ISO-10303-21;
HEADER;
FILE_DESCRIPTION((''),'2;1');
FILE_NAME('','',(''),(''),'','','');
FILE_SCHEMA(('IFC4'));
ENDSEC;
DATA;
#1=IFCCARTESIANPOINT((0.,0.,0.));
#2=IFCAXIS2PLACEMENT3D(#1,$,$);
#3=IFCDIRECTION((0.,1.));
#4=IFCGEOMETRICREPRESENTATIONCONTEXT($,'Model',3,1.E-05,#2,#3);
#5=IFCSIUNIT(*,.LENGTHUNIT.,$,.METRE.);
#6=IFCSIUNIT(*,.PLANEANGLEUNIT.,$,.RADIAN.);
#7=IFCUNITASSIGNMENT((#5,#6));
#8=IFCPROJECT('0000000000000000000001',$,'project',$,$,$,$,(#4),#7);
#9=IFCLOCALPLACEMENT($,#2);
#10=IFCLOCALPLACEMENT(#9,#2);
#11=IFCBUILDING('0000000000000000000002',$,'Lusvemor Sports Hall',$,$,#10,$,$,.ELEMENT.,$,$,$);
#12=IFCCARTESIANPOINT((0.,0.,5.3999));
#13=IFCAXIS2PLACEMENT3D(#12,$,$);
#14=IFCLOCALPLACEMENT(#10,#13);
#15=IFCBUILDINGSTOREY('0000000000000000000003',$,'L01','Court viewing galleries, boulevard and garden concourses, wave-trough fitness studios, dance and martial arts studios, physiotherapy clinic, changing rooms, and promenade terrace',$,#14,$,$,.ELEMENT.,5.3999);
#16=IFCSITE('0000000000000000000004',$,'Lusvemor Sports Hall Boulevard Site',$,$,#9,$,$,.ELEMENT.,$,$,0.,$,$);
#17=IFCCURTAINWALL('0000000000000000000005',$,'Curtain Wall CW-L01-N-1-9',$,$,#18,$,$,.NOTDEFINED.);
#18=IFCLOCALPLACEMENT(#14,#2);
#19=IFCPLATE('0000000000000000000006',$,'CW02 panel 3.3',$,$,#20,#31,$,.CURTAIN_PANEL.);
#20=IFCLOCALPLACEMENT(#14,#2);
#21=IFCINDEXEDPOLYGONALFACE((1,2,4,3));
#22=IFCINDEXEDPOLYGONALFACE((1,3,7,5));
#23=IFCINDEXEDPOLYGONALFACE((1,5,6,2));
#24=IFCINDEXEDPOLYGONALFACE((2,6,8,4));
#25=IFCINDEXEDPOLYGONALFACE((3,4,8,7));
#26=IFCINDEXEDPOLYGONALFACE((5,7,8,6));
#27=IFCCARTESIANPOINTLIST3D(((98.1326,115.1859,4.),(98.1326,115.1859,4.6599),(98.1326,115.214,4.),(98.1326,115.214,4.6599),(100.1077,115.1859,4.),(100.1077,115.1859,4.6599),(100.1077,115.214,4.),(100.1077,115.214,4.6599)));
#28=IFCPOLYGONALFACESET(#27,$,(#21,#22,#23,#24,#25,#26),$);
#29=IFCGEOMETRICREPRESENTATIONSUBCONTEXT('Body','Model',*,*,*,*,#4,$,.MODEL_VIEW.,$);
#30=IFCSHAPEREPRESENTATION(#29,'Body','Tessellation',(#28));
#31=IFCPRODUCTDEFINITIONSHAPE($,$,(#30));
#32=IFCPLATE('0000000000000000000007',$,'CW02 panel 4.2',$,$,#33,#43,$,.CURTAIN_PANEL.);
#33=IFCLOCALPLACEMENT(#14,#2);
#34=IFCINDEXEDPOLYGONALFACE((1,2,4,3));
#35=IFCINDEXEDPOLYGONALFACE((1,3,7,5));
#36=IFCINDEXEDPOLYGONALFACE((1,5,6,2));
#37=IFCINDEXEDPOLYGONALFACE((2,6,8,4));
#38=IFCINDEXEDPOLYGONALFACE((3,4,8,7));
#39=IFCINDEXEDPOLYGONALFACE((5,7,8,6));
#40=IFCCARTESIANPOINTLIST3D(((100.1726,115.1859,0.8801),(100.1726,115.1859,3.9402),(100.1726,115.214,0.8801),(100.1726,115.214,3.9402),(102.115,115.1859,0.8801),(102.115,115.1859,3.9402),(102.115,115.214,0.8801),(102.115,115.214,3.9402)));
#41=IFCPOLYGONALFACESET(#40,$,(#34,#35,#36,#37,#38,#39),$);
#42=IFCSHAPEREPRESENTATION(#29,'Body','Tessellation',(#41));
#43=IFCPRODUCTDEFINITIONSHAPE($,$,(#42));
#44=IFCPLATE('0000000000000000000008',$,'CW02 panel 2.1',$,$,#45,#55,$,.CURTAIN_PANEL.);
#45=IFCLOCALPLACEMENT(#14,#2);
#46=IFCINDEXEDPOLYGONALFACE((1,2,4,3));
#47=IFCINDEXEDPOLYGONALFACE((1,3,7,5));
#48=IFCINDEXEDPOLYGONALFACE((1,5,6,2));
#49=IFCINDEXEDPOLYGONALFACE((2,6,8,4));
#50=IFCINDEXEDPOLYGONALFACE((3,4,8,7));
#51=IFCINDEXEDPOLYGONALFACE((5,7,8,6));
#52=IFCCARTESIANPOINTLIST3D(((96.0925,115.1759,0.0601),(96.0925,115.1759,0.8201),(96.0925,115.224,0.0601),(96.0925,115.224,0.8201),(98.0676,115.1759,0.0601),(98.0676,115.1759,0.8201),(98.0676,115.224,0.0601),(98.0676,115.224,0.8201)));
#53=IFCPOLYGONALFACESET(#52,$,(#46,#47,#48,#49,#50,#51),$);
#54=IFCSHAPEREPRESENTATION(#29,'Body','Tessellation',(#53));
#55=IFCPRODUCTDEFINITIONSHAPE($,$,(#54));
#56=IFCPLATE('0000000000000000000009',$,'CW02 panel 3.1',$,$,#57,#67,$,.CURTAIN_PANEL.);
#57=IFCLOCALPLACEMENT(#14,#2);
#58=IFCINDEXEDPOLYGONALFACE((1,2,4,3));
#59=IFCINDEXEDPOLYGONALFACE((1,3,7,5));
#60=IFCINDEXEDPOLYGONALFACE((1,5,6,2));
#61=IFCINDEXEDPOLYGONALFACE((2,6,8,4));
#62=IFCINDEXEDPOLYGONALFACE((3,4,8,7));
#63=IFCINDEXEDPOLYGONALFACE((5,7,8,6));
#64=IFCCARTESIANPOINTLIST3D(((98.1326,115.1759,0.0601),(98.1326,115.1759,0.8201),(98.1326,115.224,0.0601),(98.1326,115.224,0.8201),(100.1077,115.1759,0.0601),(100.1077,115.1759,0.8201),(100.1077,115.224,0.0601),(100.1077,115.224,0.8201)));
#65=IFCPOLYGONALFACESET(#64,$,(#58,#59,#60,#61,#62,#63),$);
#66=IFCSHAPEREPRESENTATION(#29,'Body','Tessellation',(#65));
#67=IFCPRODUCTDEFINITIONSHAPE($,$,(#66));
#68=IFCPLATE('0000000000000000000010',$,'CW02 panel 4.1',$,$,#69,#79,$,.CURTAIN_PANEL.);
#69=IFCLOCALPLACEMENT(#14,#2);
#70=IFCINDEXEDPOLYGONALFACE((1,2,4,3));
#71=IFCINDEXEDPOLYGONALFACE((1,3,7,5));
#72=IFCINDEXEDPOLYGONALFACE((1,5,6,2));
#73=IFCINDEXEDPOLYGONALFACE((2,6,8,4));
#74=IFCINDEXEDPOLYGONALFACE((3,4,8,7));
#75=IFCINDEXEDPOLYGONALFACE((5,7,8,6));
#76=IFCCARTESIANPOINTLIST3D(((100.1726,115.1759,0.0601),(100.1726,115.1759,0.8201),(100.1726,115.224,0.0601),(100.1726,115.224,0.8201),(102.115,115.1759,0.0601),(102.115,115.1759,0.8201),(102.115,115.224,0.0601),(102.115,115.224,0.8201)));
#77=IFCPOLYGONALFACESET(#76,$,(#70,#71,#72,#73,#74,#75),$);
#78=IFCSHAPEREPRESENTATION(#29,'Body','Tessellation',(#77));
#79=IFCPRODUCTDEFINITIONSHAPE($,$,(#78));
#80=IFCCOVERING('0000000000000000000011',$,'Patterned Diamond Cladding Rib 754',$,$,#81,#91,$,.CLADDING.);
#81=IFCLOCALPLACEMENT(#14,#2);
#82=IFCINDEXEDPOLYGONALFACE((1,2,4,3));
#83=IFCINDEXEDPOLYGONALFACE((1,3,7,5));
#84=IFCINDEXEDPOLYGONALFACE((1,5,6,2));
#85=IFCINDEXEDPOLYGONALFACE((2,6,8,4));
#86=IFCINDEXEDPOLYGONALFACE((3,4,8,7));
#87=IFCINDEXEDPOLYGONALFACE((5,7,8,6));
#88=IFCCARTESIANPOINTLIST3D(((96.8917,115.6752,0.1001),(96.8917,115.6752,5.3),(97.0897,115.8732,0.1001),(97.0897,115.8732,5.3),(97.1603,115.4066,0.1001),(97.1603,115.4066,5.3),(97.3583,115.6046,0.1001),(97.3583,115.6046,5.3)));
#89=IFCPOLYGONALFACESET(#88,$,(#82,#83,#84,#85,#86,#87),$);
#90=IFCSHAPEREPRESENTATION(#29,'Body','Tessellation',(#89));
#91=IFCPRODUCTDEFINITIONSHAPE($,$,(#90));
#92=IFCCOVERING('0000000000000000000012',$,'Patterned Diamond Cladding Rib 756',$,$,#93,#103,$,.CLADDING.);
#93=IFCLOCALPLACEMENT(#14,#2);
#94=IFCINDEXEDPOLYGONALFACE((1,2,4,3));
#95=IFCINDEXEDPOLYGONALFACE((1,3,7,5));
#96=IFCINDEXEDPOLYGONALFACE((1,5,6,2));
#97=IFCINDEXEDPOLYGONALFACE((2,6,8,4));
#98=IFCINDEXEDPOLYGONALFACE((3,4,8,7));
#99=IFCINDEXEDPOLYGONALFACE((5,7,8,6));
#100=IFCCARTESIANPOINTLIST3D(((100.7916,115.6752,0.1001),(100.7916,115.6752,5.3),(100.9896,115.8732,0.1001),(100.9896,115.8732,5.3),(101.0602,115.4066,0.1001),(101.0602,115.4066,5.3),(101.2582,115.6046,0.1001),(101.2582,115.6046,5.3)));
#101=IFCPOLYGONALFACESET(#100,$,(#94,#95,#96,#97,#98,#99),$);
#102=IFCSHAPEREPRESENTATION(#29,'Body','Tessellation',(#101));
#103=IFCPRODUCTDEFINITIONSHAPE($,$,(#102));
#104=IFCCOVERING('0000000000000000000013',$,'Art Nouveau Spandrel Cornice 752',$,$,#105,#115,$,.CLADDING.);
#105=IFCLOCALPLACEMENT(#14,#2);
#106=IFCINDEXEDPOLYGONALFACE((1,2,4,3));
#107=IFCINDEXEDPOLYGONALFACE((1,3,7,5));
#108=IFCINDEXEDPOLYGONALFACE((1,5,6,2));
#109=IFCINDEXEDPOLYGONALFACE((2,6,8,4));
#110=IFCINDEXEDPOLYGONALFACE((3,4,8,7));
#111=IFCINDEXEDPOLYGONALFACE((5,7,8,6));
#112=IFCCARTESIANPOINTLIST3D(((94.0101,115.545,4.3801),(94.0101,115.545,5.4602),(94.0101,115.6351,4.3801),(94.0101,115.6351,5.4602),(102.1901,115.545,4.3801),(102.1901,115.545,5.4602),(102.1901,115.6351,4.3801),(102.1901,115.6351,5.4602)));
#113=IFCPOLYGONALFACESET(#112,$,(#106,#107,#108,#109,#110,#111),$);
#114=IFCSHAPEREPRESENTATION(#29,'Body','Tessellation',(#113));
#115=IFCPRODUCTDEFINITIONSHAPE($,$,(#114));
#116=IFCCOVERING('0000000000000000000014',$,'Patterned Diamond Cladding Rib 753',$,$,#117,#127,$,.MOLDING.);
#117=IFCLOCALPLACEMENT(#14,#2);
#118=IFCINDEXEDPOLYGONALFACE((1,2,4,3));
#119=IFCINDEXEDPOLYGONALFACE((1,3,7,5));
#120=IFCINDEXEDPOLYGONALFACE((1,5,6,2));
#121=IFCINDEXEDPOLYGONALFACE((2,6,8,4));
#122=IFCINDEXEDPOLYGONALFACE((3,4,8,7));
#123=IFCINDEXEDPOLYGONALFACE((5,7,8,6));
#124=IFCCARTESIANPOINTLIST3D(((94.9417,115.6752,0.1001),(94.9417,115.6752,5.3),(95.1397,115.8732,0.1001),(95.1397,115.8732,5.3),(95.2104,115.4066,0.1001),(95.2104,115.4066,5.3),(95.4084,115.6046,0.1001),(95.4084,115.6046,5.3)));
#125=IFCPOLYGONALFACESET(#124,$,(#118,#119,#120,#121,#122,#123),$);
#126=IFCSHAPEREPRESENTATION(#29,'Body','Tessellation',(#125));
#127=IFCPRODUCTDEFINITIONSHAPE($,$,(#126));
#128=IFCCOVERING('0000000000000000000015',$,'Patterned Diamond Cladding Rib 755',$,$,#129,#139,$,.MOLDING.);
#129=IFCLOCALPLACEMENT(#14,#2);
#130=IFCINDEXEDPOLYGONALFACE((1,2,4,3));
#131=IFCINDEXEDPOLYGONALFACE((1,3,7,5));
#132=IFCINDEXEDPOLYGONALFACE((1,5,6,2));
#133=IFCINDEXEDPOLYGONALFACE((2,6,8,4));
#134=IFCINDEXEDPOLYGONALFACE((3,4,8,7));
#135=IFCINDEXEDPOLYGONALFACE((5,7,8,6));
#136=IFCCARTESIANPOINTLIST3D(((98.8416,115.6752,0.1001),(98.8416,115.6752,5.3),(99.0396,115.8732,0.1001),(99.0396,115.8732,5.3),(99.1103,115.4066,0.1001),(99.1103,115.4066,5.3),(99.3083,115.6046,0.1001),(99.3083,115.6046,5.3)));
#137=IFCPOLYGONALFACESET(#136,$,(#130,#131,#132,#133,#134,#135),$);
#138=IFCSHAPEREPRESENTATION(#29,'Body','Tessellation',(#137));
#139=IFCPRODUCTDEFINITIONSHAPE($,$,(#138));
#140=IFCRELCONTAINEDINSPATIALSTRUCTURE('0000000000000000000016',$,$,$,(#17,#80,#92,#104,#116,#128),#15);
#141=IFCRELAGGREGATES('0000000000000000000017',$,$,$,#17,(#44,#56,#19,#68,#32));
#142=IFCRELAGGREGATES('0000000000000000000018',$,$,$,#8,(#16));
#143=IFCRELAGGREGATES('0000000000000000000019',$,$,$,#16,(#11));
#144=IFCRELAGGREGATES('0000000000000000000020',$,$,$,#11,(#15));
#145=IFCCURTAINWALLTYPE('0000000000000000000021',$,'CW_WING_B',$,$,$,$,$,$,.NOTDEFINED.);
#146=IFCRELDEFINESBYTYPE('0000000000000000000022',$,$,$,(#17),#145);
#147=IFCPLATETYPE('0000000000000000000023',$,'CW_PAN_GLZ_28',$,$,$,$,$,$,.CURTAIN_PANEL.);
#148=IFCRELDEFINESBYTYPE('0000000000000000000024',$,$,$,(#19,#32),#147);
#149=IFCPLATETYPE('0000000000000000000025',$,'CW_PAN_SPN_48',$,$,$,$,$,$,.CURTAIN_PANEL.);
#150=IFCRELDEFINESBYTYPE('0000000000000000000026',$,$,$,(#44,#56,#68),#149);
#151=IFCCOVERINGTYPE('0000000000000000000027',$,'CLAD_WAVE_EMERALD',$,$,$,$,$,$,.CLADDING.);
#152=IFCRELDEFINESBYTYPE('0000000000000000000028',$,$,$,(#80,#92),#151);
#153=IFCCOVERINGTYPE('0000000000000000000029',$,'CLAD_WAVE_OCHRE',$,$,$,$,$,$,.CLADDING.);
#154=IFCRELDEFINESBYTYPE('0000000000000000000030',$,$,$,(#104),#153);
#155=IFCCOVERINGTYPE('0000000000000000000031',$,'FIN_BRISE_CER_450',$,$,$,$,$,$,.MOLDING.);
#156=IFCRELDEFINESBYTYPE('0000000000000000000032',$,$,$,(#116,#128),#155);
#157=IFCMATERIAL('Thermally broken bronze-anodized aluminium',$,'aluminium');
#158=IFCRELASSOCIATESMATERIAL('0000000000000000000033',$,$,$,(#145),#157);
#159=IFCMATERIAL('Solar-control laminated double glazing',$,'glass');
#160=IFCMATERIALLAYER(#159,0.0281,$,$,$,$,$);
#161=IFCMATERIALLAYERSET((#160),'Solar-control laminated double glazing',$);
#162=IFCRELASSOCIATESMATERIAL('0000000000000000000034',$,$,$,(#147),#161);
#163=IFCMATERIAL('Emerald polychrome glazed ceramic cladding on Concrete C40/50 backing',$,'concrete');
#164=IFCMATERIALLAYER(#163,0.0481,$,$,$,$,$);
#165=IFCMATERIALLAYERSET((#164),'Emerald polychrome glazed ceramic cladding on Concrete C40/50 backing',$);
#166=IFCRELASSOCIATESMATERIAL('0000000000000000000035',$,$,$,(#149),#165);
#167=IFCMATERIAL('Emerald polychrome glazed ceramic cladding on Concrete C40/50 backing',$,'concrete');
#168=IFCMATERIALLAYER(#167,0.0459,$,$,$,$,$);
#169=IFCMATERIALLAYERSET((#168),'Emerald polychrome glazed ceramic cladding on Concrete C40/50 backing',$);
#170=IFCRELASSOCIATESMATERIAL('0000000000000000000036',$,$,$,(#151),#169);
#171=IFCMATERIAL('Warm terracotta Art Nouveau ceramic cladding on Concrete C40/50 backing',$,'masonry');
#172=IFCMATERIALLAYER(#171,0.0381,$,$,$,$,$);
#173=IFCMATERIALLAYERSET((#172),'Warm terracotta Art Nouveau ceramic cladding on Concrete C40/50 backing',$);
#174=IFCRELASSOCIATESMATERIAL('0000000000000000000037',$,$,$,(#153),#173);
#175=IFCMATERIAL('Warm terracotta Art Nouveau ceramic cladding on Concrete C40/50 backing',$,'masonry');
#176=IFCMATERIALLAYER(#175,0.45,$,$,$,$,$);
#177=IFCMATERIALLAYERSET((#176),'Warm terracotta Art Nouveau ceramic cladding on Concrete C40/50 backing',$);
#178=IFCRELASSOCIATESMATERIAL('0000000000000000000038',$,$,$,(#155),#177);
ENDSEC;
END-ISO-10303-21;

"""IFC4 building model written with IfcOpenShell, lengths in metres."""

from ifc_helpers import new_model, si_unit, direction, frame, origin, origin_2d, place, context, subcontext, project, spatial, rectangle, extrude, material, layer, layer_set, type_object, element, aggregate, save


model = new_model("IFC4")

# Units and contexts
model_context = context("Model", 3, precision=1e-05, world=origin(), true_north=direction((0.0, 1.0)))
body_context = subcontext(model_context, "Body", "Model", "MODEL_VIEW")
ifc_project = project(units=[si_unit("LENGTHUNIT", "METRE"), si_unit("PLANEANGLEUNIT", "RADIAN")], contexts=[model_context])

# Site, building, storey
site_placement = place(None, origin())
site = spatial("IfcSite", under=ifc_project, at=site_placement, Name="Lusvemor Sports Hall Boulevard Site", CompositionType="ELEMENT", RefElevation=0.0)
building_placement = place(site_placement, origin())
building = spatial("IfcBuilding", under=site, at=building_placement, Name="Lusvemor Sports Hall", CompositionType="ELEMENT")
storey_placement = place(building_placement, frame((0.0, 0.0, 5.3999)))
storey = spatial("IfcBuildingStorey", under=building, at=storey_placement, Name="L01", Description="Court viewing galleries, boulevard and garden concourses, wave-trough fitness studios, dance and martial arts studios, physiotherapy clinic, changing rooms, and promenade terrace", CompositionType="ELEMENT", Elevation=5.3999)

# Curtain wall
ifc_material_1 = material(Name="Thermally broken bronze-anodized aluminium", Category="aluminium")
curtain_wall_type = type_object("IfcCurtainWallType", Name="CW_WING_B", PredefinedType="NOTDEFINED", material=ifc_material_1)
curtain_wall_placement = place(storey_placement, origin())
curtain_wall = element("IfcCurtainWall", 1, at=curtain_wall_placement, inside=storey, type_object=curtain_wall_type, Name="Curtain Wall CW-L01-N-1-9", PredefinedType="NOTDEFINED")

# Plates
ifc_material_2 = material(Name="Solar-control laminated double glazing", Category="glass")
ifc_layer_1 = layer(ifc_material_2, 0.0281)
ifc_layer_set_1 = layer_set([ifc_layer_1], Name="Solar-control laminated double glazing")
plate_type_1 = type_object("IfcPlateType", Name="CW_PAN_GLZ_28", PredefinedType="CURTAIN_PANEL", material=ifc_layer_set_1)
plate_1_placement = place(storey_placement, frame((99.1201, 115.2, 4.0), z_axis=(0.0, 0.0, 1.0), x_axis=(1.0, 0.0, 0.0)))
plate_1 = element("IfcPlate", 2, at=plate_1_placement, type_object=plate_type_1, Name="CW02 panel 3.3", PredefinedType="CURTAIN_PANEL", context=body_context, shape_type="SweptSolid", body=[
    extrude(rectangle(XDim=1.9751, YDim=0.0281, at=origin_2d()), origin(), (0.0, 0.0, 1.0), 0.6599),
])
plate_2_placement = place(storey_placement, frame((101.1438, 115.2, 0.8801), z_axis=(0.0, 0.0, 1.0), x_axis=(1.0, 0.0, 0.0)))
plate_2 = element("IfcPlate", 3, at=plate_2_placement, type_object=plate_type_1, Name="CW02 panel 4.2", PredefinedType="CURTAIN_PANEL", context=body_context, shape_type="SweptSolid", body=[
    extrude(rectangle(XDim=1.9424, YDim=0.0281, at=origin_2d()), origin(), (0.0, 0.0, 1.0), 3.0601),
])
ifc_material_3 = material(Name="Emerald polychrome glazed ceramic cladding on Concrete C40/50 backing", Category="concrete")
ifc_layer_2 = layer(ifc_material_3, 0.0481)
ifc_layer_set_2 = layer_set([ifc_layer_2], Name="Emerald polychrome glazed ceramic cladding on Concrete C40/50 backing")
plate_type_2 = type_object("IfcPlateType", Name="CW_PAN_SPN_48", PredefinedType="CURTAIN_PANEL", material=ifc_layer_set_2)
plate_3_placement = place(storey_placement, frame((97.0801, 115.2, 0.0601), z_axis=(0.0, 0.0, 1.0), x_axis=(1.0, 0.0, 0.0)))
plate_3 = element("IfcPlate", 4, at=plate_3_placement, type_object=plate_type_2, Name="CW02 panel 2.1", PredefinedType="CURTAIN_PANEL", context=body_context, shape_type="SweptSolid", body=[
    extrude(rectangle(XDim=1.9751, YDim=0.0481, at=origin_2d()), origin(), (0.0, 0.0, 1.0), 0.76),
])
plate_4_placement = place(storey_placement, frame((99.1201, 115.2, 0.0601), z_axis=(0.0, 0.0, 1.0), x_axis=(1.0, 0.0, 0.0)))
plate_4 = element("IfcPlate", 5, at=plate_4_placement, type_object=plate_type_2, Name="CW02 panel 3.1", PredefinedType="CURTAIN_PANEL", context=body_context, shape_type="SweptSolid", body=[
    extrude(rectangle(XDim=1.9751, YDim=0.0481, at=origin_2d()), origin(), (0.0, 0.0, 1.0), 0.76),
])
plate_5_placement = place(storey_placement, frame((101.1438, 115.2, 0.0601), z_axis=(0.0, 0.0, 1.0), x_axis=(1.0, 0.0, 0.0)))
plate_5 = element("IfcPlate", 6, at=plate_5_placement, type_object=plate_type_2, Name="CW02 panel 4.1", PredefinedType="CURTAIN_PANEL", context=body_context, shape_type="SweptSolid", body=[
    extrude(rectangle(XDim=1.9424, YDim=0.0481, at=origin_2d()), origin(), (0.0, 0.0, 1.0), 0.76),
])
aggregate(curtain_wall, [plate_3, plate_4, plate_1, plate_5, plate_2])

# Coverings
ifc_material_4 = material(Name="Emerald polychrome glazed ceramic cladding on Concrete C40/50 backing", Category="concrete")
ifc_layer_3 = layer(ifc_material_4, 0.0459)
ifc_layer_set_3 = layer_set([ifc_layer_3], Name="Emerald polychrome glazed ceramic cladding on Concrete C40/50 backing")
covering_type_1 = type_object("IfcCoveringType", Name="CLAD_WAVE_EMERALD", PredefinedType="CLADDING", material=ifc_layer_set_3)
for number, where, z_axis, x_axis, name in (
    (7, (97.125, 115.6399, 0.1001), (0.0, 0.0, 1.0), (0.707107, 0.707107, 0.0), "Patterned Diamond Cladding Rib 754"),
    (8, (101.0249, 115.6399, 0.1001), (0.0, 0.0, 1.0), (0.707107, 0.707107, 0.0), "Patterned Diamond Cladding Rib 756"),
):
    element("IfcCovering", number, at=place(storey_placement, frame(where, z_axis=z_axis, x_axis=x_axis)), inside=storey, type_object=covering_type_1, Name=name, PredefinedType="CLADDING", context=body_context, shape_type="SweptSolid", body=[
        extrude(rectangle(XDim=0.28, YDim=0.3799, at=origin_2d()), origin(), (0.0, 0.0, 1.0), 5.2),
    ])
ifc_material_5 = material(Name="Warm terracotta Art Nouveau ceramic cladding on Concrete C40/50 backing", Category="masonry")
ifc_layer_4 = layer(ifc_material_5, 0.0381)
ifc_layer_set_4 = layer_set([ifc_layer_4], Name="Warm terracotta Art Nouveau ceramic cladding on Concrete C40/50 backing")
covering_type_2 = type_object("IfcCoveringType", Name="CLAD_WAVE_OCHRE", PredefinedType="CLADDING", material=ifc_layer_set_4)
covering_placement = place(storey_placement, frame((98.1001, 115.5901, 4.3801), z_axis=(0.0, 0.0, 1.0), x_axis=(1.0, 0.0, 0.0)))
element("IfcCovering", 9, at=covering_placement, inside=storey, type_object=covering_type_2, Name="Art Nouveau Spandrel Cornice 752", PredefinedType="CLADDING", context=body_context, shape_type="SweptSolid", body=[
    extrude(rectangle(XDim=8.1799, YDim=0.0901, at=origin_2d()), origin(), (0.0, 0.0, 1.0), 1.0801),
])
ifc_material_6 = material(Name="Warm terracotta Art Nouveau ceramic cladding on Concrete C40/50 backing", Category="masonry")
ifc_layer_5 = layer(ifc_material_6, 0.45)
ifc_layer_set_5 = layer_set([ifc_layer_5], Name="Warm terracotta Art Nouveau ceramic cladding on Concrete C40/50 backing")
covering_type_3 = type_object("IfcCoveringType", Name="FIN_BRISE_CER_450", PredefinedType="MOLDING", material=ifc_layer_set_5)
for number, where, z_axis, x_axis, name in (
    (10, (95.175, 115.6399, 0.1001), (0.0, 0.0, 1.0), (0.707107, 0.707107, 0.0), "Patterned Diamond Cladding Rib 753"),
    (11, (99.075, 115.6399, 0.1001), (0.0, 0.0, 1.0), (0.707107, 0.707107, 0.0), "Patterned Diamond Cladding Rib 755"),
):
    element("IfcCovering", number, at=place(storey_placement, frame(where, z_axis=z_axis, x_axis=x_axis)), inside=storey, type_object=covering_type_3, Name=name, PredefinedType="MOLDING", context=body_context, shape_type="SweptSolid", body=[
        extrude(rectangle(XDim=0.28, YDim=0.3799, at=origin_2d()), origin(), (0.0, 0.0, 1.0), 5.2),
    ])

save(model, "model.ifc")
